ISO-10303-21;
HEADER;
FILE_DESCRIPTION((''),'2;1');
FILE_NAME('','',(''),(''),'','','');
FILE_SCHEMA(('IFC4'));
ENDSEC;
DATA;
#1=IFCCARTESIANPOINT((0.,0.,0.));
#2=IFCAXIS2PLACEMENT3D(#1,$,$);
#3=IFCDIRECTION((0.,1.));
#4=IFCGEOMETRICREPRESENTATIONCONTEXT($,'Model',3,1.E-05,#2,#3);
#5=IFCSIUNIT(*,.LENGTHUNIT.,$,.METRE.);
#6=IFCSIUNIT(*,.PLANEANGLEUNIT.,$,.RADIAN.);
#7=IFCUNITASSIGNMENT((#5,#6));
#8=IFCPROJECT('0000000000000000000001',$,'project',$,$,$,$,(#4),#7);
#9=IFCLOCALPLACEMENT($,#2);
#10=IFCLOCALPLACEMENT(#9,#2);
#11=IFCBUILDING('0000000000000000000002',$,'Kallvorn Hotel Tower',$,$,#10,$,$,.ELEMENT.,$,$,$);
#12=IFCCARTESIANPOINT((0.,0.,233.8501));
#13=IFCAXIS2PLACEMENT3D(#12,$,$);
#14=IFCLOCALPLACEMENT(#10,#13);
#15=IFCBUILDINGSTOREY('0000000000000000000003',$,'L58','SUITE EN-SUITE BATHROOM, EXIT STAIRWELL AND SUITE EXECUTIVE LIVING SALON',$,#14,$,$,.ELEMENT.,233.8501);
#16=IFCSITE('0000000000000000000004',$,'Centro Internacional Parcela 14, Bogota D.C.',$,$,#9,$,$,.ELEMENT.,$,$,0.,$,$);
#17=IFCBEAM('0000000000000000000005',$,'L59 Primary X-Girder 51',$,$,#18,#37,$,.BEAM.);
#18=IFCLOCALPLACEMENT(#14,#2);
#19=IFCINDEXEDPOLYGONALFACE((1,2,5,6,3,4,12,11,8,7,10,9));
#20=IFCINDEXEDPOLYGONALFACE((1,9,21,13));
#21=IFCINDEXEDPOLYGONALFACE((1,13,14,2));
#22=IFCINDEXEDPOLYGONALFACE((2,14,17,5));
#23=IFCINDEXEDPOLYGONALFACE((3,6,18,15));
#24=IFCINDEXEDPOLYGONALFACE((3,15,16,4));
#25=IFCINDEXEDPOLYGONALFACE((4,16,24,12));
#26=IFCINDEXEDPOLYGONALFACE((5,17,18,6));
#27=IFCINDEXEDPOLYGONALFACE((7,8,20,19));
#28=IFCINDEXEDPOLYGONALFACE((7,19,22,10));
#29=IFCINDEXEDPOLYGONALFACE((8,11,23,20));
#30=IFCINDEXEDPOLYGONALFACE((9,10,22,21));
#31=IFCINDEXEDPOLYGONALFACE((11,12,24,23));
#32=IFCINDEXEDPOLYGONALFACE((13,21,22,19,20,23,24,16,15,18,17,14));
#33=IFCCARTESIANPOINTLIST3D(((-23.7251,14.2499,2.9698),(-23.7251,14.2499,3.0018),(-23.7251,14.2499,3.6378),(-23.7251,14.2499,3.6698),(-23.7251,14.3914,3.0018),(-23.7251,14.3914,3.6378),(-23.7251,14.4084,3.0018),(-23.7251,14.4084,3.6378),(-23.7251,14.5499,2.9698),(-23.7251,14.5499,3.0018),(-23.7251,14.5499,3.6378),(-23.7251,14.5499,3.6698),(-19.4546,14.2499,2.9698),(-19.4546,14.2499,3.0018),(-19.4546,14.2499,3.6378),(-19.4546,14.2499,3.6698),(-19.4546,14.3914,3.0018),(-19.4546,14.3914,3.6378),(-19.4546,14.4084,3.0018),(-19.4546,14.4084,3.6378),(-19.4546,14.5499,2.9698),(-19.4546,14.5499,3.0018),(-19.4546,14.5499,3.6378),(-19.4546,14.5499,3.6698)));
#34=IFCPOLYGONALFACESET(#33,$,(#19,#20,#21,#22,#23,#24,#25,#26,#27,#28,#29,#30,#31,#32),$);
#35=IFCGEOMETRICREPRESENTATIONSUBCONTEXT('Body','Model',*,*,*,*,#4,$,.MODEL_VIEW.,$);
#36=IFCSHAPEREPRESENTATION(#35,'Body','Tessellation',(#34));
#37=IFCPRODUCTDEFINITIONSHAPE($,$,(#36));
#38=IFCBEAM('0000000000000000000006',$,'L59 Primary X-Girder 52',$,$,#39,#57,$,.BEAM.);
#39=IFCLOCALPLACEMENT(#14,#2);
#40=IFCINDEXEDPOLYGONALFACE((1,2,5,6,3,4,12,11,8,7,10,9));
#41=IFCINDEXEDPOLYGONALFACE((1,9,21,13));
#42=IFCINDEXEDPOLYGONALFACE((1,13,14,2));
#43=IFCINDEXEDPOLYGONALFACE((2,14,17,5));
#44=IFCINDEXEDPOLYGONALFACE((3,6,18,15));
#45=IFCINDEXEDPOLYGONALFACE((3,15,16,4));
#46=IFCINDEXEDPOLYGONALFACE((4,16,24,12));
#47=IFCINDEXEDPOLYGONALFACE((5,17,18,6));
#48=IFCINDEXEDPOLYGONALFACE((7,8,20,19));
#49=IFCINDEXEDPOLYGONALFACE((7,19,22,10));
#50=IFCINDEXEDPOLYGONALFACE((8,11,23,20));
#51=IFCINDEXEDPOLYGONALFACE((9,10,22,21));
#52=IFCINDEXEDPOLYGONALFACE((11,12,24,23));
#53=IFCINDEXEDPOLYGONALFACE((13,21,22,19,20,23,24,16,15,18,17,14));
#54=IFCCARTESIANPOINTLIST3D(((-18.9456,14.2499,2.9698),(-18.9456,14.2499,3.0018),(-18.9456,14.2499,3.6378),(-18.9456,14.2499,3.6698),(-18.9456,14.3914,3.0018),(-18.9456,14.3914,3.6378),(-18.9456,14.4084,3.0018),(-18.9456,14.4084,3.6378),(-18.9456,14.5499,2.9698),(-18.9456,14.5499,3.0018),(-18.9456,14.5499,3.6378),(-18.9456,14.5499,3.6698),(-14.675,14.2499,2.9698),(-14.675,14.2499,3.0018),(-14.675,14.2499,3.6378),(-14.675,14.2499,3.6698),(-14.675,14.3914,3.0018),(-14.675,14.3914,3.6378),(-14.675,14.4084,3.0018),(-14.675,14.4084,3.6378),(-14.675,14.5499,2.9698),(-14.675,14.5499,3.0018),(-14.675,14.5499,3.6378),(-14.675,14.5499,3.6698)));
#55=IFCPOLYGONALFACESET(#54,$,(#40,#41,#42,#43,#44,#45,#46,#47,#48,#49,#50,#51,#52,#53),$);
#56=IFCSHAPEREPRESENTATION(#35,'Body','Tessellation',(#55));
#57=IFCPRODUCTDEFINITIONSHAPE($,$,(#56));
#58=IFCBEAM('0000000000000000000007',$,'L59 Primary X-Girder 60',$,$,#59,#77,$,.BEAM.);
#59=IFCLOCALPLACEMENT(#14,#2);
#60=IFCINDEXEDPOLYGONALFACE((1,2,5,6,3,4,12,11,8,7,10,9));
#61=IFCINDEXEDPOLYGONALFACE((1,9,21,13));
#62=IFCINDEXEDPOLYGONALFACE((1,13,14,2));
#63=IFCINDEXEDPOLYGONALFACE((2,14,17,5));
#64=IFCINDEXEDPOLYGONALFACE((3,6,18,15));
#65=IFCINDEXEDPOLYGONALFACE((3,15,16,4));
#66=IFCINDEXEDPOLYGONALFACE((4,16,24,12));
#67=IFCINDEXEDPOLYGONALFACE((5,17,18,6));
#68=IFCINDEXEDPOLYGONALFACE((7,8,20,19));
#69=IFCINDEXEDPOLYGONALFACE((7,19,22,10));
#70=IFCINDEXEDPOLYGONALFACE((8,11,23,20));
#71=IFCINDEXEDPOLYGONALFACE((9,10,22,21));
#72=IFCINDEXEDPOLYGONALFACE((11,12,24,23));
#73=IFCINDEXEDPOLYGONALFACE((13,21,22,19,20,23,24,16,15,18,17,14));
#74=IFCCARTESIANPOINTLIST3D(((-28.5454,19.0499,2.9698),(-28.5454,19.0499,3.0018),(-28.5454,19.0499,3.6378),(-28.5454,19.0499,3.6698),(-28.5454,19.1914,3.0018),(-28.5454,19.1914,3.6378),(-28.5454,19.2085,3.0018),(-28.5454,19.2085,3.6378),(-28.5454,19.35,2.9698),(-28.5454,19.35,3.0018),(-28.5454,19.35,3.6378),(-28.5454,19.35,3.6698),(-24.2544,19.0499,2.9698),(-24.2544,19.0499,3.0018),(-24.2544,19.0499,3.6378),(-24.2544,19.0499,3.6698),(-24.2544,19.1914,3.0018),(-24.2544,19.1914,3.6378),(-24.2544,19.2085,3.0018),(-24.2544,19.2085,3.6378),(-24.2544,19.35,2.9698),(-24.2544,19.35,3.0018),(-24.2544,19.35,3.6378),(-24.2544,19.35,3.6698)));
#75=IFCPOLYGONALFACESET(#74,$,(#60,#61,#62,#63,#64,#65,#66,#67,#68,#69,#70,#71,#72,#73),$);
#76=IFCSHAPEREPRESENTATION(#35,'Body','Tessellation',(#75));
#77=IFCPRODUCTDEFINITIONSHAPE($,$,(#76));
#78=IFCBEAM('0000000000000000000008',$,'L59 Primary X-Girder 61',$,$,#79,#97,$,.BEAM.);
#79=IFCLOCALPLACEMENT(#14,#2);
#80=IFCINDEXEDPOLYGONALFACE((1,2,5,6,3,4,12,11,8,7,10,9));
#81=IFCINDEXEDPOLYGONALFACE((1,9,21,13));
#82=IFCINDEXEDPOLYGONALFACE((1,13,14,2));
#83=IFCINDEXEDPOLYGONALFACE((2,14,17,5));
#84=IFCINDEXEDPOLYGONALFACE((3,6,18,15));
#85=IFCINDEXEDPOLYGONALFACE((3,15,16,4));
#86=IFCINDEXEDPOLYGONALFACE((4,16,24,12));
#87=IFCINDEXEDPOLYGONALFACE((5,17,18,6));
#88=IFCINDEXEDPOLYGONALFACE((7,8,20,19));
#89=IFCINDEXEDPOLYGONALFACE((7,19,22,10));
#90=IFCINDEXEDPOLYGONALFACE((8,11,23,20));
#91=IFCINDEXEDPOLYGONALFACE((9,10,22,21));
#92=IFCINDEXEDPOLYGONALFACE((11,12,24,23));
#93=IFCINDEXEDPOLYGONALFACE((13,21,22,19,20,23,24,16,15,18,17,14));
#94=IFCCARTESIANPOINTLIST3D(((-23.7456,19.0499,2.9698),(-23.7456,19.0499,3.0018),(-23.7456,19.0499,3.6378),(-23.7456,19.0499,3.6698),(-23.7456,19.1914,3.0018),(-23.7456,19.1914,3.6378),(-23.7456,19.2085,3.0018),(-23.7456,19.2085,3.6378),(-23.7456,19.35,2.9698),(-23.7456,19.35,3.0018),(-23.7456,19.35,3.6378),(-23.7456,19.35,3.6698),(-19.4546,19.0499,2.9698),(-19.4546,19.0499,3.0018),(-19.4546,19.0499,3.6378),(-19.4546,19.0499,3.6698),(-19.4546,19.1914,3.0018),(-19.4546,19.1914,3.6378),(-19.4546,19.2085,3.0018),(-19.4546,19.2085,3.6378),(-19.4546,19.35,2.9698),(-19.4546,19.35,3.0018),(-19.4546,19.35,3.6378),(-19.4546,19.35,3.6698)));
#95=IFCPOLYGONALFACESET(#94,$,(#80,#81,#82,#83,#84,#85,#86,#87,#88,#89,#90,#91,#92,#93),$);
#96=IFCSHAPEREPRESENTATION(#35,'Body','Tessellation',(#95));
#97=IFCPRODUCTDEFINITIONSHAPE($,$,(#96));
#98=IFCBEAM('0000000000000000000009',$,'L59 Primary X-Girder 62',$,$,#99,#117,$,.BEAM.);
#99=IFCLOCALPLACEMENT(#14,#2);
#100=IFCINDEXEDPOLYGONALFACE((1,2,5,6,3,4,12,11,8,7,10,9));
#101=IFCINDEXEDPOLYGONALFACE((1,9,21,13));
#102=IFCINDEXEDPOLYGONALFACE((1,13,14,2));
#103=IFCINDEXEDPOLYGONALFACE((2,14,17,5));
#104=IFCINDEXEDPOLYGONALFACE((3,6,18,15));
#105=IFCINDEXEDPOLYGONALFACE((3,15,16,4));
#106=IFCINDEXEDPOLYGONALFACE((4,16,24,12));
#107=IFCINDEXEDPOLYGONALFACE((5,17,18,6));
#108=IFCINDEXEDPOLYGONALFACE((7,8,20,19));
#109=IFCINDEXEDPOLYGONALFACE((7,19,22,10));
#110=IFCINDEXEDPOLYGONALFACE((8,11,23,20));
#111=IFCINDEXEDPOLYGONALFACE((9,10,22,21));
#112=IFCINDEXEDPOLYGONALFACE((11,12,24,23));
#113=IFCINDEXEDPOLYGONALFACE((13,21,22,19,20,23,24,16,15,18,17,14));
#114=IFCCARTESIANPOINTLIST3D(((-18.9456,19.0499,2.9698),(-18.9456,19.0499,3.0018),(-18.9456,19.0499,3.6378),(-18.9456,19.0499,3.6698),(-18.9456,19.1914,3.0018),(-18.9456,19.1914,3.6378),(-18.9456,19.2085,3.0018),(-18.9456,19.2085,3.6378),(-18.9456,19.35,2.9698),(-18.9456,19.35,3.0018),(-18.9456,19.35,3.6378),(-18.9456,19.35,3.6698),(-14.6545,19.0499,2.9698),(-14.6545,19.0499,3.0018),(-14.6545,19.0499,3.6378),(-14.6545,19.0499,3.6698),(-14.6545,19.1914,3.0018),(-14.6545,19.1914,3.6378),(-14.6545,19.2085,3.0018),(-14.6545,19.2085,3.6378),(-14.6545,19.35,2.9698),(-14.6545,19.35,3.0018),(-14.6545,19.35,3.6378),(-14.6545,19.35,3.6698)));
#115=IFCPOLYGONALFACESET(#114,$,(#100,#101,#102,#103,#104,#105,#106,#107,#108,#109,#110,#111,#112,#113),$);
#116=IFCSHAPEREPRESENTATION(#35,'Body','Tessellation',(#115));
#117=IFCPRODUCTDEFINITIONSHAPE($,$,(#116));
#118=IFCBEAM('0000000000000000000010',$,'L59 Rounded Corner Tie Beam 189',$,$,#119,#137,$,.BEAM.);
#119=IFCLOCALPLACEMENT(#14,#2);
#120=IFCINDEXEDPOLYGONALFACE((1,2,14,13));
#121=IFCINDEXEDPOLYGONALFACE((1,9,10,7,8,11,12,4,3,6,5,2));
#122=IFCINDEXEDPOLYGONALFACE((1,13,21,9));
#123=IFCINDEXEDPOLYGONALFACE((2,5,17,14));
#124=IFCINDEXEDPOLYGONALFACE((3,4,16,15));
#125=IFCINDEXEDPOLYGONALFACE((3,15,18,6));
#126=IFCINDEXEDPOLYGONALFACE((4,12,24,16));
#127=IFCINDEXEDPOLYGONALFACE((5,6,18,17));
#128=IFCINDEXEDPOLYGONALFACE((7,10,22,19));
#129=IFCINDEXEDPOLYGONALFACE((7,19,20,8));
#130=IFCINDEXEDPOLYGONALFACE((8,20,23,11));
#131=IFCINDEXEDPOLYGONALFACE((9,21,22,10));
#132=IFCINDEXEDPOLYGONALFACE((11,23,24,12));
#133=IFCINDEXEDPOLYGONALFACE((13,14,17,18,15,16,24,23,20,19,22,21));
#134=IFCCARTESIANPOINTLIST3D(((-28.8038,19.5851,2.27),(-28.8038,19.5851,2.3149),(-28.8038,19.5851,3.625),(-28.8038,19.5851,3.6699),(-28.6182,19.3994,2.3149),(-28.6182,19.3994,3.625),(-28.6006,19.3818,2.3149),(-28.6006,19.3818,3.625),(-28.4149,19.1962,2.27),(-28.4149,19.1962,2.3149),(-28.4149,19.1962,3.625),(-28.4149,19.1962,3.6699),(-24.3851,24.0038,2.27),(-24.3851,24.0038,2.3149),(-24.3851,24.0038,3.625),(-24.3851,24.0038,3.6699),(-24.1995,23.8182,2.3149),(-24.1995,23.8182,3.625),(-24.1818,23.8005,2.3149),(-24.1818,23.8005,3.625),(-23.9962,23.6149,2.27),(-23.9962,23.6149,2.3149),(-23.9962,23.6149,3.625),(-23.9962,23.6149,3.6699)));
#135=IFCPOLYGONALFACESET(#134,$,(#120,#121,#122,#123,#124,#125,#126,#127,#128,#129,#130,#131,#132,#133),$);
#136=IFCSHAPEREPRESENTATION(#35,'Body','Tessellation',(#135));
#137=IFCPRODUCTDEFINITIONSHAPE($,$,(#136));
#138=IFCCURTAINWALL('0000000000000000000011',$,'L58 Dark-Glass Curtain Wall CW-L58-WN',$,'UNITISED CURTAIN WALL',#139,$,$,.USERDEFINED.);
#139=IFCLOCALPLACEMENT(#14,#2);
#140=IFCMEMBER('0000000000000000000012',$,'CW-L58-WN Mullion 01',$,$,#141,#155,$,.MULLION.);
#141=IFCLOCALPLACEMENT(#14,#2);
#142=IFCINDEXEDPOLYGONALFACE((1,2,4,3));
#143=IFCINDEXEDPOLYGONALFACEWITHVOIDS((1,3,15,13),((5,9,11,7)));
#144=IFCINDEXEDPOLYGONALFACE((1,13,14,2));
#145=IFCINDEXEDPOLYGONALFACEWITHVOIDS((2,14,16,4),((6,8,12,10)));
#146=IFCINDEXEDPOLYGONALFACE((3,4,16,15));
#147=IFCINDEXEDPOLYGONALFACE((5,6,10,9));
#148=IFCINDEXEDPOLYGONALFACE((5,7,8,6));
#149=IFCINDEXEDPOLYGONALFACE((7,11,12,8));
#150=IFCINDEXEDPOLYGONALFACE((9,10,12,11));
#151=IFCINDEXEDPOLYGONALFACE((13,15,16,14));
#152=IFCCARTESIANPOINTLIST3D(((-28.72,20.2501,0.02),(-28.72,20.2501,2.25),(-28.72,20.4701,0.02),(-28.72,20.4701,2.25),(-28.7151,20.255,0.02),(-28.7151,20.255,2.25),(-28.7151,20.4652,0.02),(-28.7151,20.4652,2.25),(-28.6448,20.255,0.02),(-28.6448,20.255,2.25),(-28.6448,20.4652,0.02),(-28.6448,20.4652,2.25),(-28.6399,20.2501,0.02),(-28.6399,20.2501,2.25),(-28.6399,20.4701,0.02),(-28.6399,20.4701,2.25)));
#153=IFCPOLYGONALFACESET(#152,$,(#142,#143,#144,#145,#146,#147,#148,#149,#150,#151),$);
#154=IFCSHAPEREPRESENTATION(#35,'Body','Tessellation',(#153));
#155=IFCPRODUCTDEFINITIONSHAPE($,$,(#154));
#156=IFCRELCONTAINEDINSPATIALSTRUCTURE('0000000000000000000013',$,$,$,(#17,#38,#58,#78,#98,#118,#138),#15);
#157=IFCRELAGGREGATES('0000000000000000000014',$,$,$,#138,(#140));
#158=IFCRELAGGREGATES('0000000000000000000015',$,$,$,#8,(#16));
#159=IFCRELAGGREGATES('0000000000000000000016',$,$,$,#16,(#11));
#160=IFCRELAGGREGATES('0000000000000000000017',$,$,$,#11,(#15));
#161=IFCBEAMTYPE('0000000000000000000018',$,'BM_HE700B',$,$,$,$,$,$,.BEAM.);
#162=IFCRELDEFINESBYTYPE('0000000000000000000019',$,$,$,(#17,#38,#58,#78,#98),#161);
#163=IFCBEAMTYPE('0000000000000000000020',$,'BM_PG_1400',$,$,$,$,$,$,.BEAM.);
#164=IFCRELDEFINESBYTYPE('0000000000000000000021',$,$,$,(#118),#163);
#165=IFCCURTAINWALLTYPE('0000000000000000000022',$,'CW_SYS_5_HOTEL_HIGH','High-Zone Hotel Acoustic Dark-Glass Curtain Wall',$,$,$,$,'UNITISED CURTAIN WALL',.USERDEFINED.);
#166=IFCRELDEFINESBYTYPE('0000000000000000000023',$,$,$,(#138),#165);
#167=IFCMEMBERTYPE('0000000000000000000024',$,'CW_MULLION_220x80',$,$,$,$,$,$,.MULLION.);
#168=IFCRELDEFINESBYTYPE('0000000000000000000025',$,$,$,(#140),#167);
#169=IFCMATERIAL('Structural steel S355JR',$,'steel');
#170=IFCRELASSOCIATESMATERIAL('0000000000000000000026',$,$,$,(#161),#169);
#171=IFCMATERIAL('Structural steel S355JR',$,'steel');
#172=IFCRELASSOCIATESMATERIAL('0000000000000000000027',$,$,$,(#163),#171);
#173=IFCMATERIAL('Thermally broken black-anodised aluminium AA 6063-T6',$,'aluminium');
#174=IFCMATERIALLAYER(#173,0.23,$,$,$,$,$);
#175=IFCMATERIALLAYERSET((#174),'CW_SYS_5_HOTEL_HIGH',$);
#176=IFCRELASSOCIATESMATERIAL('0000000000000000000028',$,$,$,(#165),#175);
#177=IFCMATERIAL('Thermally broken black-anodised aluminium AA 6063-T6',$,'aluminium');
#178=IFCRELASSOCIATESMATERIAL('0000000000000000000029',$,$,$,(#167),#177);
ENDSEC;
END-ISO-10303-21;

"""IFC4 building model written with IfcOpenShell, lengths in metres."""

from ifc_helpers import new_model, si_unit, direction, frame, origin, origin_2d, place, context, subcontext, project, spatial, hollow_rectangle, i_section, extrude, material, layer, layer_set, material_profile, profile_set, type_object, element, aggregate, save


model = new_model("IFC4")

# Units and contexts
model_context = context("Model", 3, precision=1e-05, world=origin(), true_north=direction((0.0, 1.0)))
body_context = subcontext(model_context, "Body", "Model", "MODEL_VIEW")
ifc_project = project(units=[si_unit("LENGTHUNIT", "METRE"), si_unit("PLANEANGLEUNIT", "RADIAN")], contexts=[model_context])

# Site, building, storey
site_placement = place(None, origin())
site = spatial("IfcSite", under=ifc_project, at=site_placement, Name="Centro Internacional Parcela 14, Bogota D.C.", CompositionType="ELEMENT", RefElevation=0.0)
building_placement = place(site_placement, origin())
building = spatial("IfcBuilding", under=site, at=building_placement, Name="Kallvorn Hotel Tower", CompositionType="ELEMENT")
storey_placement = place(building_placement, frame((0.0, 0.0, 233.8501)))
storey = spatial("IfcBuildingStorey", under=building, at=storey_placement, Name="L58", Description="SUITE EN-SUITE BATHROOM, EXIT STAIRWELL AND SUITE EXECUTIVE LIVING SALON", CompositionType="ELEMENT", Elevation=233.8501)

# Beams
ifc_material_1 = material(Name="Structural steel S355JR", Category="steel")
ifc_material_profile_1 = material_profile(ifc_material_1, i_section(OverallWidth=0.3, OverallDepth=0.7, WebThickness=0.0171, FlangeThickness=0.032, at=origin_2d()), Name="HE 700 B")
ifc_profile_set_1 = profile_set([ifc_material_profile_1], Name="Structural steel S355JR")
beam_type_1 = type_object("IfcBeamType", Name="BM_HE700B", PredefinedType="BEAM", material=ifc_profile_set_1)
for number, where, z_axis, x_axis, name in (
    (1, (-23.7251, 14.3999, 3.3198), (1.0, 0.0, 0.0), (0.0, 1.0, 0.0), "L59 Primary X-Girder 51"),
    (2, (-18.9456, 14.3999, 3.3198), (1.0, 0.0, 0.0), (0.0, 1.0, 0.0), "L59 Primary X-Girder 52"),
):
    element("IfcBeam", number, at=place(storey_placement, frame(where, z_axis=z_axis, x_axis=x_axis)), inside=storey, type_object=beam_type_1, Name=name, PredefinedType="BEAM", context=body_context, shape_type="SweptSolid", body=[
        extrude(i_section(OverallWidth=0.3, OverallDepth=0.7, WebThickness=0.0171, FlangeThickness=0.032, at=origin_2d()), origin(), (0.0, 0.0, 1.0), 4.2705),
    ])
for number, where, z_axis, x_axis, name in (
    (3, (-28.5454, 19.2, 3.3198), (1.0, 0.0, 0.0), (0.0, 1.0, 0.0), "L59 Primary X-Girder 60"),
    (4, (-23.7456, 19.2, 3.3198), (1.0, 0.0, 0.0), (0.0, 1.0, 0.0), "L59 Primary X-Girder 61"),
    (5, (-18.9456, 19.2, 3.3198), (1.0, 0.0, 0.0), (0.0, 1.0, 0.0), "L59 Primary X-Girder 62"),
):
    element("IfcBeam", number, at=place(storey_placement, frame(where, z_axis=z_axis, x_axis=x_axis)), inside=storey, type_object=beam_type_1, Name=name, PredefinedType="BEAM", context=body_context, shape_type="SweptSolid", body=[
        extrude(i_section(OverallWidth=0.3, OverallDepth=0.7, WebThickness=0.0171, FlangeThickness=0.032, at=origin_2d()), origin(), (0.0, 0.0, 1.0), 4.291),
    ])
ifc_material_2 = material(Name="Structural steel S355JR", Category="steel")
ifc_material_profile_2 = material_profile(ifc_material_2, i_section(OverallWidth=0.55, OverallDepth=1.3999, WebThickness=0.0249, FlangeThickness=0.0449, at=origin_2d()), Name="PG 1400x550x25x45")
ifc_profile_set_2 = profile_set([ifc_material_profile_2], Name="Structural steel S355JR")
beam_type_2 = type_object("IfcBeamType", Name="BM_PG_1400", PredefinedType="BEAM", material=ifc_profile_set_2)
beam_1_placement = place(storey_placement, frame((-28.6094, 19.3906, 2.97), z_axis=(0.707107, 0.707107, 0.0), x_axis=(-0.707107, 0.707107, 0.0)))
element("IfcBeam", 6, at=beam_1_placement, inside=storey, type_object=beam_type_2, Name="L59 Rounded Corner Tie Beam 189", PredefinedType="BEAM", context=body_context, shape_type="SweptSolid", body=[
    extrude(i_section(OverallWidth=0.55, OverallDepth=1.3999, WebThickness=0.0249, FlangeThickness=0.0449, at=origin_2d()), origin(), (0.0, 0.0, 1.0), 6.249),
])

# Curtain wall, member
ifc_material_3 = material(Name="Thermally broken black-anodised aluminium AA 6063-T6", Category="aluminium")
ifc_layer_1 = layer(ifc_material_3, 0.23)
ifc_layer_set_1 = layer_set([ifc_layer_1], Name="CW_SYS_5_HOTEL_HIGH")
curtain_wall_type = type_object("IfcCurtainWallType", Name="CW_SYS_5_HOTEL_HIGH", Description="High-Zone Hotel Acoustic Dark-Glass Curtain Wall", ElementType="UNITISED CURTAIN WALL", PredefinedType="USERDEFINED", material=ifc_layer_set_1)
curtain_wall_placement = place(storey_placement, origin())
curtain_wall = element("IfcCurtainWall", 7, at=curtain_wall_placement, inside=storey, type_object=curtain_wall_type, Name="L58 Dark-Glass Curtain Wall CW-L58-WN", ObjectType="UNITISED CURTAIN WALL", PredefinedType="USERDEFINED")
ifc_material_4 = material(Name="Thermally broken black-anodised aluminium AA 6063-T6", Category="aluminium")
ifc_material_profile_3 = material_profile(ifc_material_4, hollow_rectangle(XDim=0.0801, YDim=0.22, WallThickness=0.0049, at=origin_2d()), Name="MUL 220x80")
ifc_profile_set_3 = profile_set([ifc_material_profile_3], Name="Thermally broken black-anodised aluminium AA 6063-T6")
member_type_1 = type_object("IfcMemberType", Name="CW_MULLION_220x80", PredefinedType="MULLION", material=ifc_profile_set_3)
member_placement = place(storey_placement, frame((-28.6799, 20.3601, 0.02), z_axis=(0.0, 0.0, 1.0), x_axis=(1.0, 0.0, 0.0)))
member = element("IfcMember", 8, at=member_placement, type_object=member_type_1, Name="CW-L58-WN Mullion 01", PredefinedType="MULLION", context=body_context, shape_type="SweptSolid", body=[
    extrude(hollow_rectangle(XDim=0.0801, YDim=0.22, WallThickness=0.0049, at=origin_2d()), origin(), (0.0, 0.0, 1.0), 2.23),
])
aggregate(curtain_wall, [member])

save(model, "model.ifc")
